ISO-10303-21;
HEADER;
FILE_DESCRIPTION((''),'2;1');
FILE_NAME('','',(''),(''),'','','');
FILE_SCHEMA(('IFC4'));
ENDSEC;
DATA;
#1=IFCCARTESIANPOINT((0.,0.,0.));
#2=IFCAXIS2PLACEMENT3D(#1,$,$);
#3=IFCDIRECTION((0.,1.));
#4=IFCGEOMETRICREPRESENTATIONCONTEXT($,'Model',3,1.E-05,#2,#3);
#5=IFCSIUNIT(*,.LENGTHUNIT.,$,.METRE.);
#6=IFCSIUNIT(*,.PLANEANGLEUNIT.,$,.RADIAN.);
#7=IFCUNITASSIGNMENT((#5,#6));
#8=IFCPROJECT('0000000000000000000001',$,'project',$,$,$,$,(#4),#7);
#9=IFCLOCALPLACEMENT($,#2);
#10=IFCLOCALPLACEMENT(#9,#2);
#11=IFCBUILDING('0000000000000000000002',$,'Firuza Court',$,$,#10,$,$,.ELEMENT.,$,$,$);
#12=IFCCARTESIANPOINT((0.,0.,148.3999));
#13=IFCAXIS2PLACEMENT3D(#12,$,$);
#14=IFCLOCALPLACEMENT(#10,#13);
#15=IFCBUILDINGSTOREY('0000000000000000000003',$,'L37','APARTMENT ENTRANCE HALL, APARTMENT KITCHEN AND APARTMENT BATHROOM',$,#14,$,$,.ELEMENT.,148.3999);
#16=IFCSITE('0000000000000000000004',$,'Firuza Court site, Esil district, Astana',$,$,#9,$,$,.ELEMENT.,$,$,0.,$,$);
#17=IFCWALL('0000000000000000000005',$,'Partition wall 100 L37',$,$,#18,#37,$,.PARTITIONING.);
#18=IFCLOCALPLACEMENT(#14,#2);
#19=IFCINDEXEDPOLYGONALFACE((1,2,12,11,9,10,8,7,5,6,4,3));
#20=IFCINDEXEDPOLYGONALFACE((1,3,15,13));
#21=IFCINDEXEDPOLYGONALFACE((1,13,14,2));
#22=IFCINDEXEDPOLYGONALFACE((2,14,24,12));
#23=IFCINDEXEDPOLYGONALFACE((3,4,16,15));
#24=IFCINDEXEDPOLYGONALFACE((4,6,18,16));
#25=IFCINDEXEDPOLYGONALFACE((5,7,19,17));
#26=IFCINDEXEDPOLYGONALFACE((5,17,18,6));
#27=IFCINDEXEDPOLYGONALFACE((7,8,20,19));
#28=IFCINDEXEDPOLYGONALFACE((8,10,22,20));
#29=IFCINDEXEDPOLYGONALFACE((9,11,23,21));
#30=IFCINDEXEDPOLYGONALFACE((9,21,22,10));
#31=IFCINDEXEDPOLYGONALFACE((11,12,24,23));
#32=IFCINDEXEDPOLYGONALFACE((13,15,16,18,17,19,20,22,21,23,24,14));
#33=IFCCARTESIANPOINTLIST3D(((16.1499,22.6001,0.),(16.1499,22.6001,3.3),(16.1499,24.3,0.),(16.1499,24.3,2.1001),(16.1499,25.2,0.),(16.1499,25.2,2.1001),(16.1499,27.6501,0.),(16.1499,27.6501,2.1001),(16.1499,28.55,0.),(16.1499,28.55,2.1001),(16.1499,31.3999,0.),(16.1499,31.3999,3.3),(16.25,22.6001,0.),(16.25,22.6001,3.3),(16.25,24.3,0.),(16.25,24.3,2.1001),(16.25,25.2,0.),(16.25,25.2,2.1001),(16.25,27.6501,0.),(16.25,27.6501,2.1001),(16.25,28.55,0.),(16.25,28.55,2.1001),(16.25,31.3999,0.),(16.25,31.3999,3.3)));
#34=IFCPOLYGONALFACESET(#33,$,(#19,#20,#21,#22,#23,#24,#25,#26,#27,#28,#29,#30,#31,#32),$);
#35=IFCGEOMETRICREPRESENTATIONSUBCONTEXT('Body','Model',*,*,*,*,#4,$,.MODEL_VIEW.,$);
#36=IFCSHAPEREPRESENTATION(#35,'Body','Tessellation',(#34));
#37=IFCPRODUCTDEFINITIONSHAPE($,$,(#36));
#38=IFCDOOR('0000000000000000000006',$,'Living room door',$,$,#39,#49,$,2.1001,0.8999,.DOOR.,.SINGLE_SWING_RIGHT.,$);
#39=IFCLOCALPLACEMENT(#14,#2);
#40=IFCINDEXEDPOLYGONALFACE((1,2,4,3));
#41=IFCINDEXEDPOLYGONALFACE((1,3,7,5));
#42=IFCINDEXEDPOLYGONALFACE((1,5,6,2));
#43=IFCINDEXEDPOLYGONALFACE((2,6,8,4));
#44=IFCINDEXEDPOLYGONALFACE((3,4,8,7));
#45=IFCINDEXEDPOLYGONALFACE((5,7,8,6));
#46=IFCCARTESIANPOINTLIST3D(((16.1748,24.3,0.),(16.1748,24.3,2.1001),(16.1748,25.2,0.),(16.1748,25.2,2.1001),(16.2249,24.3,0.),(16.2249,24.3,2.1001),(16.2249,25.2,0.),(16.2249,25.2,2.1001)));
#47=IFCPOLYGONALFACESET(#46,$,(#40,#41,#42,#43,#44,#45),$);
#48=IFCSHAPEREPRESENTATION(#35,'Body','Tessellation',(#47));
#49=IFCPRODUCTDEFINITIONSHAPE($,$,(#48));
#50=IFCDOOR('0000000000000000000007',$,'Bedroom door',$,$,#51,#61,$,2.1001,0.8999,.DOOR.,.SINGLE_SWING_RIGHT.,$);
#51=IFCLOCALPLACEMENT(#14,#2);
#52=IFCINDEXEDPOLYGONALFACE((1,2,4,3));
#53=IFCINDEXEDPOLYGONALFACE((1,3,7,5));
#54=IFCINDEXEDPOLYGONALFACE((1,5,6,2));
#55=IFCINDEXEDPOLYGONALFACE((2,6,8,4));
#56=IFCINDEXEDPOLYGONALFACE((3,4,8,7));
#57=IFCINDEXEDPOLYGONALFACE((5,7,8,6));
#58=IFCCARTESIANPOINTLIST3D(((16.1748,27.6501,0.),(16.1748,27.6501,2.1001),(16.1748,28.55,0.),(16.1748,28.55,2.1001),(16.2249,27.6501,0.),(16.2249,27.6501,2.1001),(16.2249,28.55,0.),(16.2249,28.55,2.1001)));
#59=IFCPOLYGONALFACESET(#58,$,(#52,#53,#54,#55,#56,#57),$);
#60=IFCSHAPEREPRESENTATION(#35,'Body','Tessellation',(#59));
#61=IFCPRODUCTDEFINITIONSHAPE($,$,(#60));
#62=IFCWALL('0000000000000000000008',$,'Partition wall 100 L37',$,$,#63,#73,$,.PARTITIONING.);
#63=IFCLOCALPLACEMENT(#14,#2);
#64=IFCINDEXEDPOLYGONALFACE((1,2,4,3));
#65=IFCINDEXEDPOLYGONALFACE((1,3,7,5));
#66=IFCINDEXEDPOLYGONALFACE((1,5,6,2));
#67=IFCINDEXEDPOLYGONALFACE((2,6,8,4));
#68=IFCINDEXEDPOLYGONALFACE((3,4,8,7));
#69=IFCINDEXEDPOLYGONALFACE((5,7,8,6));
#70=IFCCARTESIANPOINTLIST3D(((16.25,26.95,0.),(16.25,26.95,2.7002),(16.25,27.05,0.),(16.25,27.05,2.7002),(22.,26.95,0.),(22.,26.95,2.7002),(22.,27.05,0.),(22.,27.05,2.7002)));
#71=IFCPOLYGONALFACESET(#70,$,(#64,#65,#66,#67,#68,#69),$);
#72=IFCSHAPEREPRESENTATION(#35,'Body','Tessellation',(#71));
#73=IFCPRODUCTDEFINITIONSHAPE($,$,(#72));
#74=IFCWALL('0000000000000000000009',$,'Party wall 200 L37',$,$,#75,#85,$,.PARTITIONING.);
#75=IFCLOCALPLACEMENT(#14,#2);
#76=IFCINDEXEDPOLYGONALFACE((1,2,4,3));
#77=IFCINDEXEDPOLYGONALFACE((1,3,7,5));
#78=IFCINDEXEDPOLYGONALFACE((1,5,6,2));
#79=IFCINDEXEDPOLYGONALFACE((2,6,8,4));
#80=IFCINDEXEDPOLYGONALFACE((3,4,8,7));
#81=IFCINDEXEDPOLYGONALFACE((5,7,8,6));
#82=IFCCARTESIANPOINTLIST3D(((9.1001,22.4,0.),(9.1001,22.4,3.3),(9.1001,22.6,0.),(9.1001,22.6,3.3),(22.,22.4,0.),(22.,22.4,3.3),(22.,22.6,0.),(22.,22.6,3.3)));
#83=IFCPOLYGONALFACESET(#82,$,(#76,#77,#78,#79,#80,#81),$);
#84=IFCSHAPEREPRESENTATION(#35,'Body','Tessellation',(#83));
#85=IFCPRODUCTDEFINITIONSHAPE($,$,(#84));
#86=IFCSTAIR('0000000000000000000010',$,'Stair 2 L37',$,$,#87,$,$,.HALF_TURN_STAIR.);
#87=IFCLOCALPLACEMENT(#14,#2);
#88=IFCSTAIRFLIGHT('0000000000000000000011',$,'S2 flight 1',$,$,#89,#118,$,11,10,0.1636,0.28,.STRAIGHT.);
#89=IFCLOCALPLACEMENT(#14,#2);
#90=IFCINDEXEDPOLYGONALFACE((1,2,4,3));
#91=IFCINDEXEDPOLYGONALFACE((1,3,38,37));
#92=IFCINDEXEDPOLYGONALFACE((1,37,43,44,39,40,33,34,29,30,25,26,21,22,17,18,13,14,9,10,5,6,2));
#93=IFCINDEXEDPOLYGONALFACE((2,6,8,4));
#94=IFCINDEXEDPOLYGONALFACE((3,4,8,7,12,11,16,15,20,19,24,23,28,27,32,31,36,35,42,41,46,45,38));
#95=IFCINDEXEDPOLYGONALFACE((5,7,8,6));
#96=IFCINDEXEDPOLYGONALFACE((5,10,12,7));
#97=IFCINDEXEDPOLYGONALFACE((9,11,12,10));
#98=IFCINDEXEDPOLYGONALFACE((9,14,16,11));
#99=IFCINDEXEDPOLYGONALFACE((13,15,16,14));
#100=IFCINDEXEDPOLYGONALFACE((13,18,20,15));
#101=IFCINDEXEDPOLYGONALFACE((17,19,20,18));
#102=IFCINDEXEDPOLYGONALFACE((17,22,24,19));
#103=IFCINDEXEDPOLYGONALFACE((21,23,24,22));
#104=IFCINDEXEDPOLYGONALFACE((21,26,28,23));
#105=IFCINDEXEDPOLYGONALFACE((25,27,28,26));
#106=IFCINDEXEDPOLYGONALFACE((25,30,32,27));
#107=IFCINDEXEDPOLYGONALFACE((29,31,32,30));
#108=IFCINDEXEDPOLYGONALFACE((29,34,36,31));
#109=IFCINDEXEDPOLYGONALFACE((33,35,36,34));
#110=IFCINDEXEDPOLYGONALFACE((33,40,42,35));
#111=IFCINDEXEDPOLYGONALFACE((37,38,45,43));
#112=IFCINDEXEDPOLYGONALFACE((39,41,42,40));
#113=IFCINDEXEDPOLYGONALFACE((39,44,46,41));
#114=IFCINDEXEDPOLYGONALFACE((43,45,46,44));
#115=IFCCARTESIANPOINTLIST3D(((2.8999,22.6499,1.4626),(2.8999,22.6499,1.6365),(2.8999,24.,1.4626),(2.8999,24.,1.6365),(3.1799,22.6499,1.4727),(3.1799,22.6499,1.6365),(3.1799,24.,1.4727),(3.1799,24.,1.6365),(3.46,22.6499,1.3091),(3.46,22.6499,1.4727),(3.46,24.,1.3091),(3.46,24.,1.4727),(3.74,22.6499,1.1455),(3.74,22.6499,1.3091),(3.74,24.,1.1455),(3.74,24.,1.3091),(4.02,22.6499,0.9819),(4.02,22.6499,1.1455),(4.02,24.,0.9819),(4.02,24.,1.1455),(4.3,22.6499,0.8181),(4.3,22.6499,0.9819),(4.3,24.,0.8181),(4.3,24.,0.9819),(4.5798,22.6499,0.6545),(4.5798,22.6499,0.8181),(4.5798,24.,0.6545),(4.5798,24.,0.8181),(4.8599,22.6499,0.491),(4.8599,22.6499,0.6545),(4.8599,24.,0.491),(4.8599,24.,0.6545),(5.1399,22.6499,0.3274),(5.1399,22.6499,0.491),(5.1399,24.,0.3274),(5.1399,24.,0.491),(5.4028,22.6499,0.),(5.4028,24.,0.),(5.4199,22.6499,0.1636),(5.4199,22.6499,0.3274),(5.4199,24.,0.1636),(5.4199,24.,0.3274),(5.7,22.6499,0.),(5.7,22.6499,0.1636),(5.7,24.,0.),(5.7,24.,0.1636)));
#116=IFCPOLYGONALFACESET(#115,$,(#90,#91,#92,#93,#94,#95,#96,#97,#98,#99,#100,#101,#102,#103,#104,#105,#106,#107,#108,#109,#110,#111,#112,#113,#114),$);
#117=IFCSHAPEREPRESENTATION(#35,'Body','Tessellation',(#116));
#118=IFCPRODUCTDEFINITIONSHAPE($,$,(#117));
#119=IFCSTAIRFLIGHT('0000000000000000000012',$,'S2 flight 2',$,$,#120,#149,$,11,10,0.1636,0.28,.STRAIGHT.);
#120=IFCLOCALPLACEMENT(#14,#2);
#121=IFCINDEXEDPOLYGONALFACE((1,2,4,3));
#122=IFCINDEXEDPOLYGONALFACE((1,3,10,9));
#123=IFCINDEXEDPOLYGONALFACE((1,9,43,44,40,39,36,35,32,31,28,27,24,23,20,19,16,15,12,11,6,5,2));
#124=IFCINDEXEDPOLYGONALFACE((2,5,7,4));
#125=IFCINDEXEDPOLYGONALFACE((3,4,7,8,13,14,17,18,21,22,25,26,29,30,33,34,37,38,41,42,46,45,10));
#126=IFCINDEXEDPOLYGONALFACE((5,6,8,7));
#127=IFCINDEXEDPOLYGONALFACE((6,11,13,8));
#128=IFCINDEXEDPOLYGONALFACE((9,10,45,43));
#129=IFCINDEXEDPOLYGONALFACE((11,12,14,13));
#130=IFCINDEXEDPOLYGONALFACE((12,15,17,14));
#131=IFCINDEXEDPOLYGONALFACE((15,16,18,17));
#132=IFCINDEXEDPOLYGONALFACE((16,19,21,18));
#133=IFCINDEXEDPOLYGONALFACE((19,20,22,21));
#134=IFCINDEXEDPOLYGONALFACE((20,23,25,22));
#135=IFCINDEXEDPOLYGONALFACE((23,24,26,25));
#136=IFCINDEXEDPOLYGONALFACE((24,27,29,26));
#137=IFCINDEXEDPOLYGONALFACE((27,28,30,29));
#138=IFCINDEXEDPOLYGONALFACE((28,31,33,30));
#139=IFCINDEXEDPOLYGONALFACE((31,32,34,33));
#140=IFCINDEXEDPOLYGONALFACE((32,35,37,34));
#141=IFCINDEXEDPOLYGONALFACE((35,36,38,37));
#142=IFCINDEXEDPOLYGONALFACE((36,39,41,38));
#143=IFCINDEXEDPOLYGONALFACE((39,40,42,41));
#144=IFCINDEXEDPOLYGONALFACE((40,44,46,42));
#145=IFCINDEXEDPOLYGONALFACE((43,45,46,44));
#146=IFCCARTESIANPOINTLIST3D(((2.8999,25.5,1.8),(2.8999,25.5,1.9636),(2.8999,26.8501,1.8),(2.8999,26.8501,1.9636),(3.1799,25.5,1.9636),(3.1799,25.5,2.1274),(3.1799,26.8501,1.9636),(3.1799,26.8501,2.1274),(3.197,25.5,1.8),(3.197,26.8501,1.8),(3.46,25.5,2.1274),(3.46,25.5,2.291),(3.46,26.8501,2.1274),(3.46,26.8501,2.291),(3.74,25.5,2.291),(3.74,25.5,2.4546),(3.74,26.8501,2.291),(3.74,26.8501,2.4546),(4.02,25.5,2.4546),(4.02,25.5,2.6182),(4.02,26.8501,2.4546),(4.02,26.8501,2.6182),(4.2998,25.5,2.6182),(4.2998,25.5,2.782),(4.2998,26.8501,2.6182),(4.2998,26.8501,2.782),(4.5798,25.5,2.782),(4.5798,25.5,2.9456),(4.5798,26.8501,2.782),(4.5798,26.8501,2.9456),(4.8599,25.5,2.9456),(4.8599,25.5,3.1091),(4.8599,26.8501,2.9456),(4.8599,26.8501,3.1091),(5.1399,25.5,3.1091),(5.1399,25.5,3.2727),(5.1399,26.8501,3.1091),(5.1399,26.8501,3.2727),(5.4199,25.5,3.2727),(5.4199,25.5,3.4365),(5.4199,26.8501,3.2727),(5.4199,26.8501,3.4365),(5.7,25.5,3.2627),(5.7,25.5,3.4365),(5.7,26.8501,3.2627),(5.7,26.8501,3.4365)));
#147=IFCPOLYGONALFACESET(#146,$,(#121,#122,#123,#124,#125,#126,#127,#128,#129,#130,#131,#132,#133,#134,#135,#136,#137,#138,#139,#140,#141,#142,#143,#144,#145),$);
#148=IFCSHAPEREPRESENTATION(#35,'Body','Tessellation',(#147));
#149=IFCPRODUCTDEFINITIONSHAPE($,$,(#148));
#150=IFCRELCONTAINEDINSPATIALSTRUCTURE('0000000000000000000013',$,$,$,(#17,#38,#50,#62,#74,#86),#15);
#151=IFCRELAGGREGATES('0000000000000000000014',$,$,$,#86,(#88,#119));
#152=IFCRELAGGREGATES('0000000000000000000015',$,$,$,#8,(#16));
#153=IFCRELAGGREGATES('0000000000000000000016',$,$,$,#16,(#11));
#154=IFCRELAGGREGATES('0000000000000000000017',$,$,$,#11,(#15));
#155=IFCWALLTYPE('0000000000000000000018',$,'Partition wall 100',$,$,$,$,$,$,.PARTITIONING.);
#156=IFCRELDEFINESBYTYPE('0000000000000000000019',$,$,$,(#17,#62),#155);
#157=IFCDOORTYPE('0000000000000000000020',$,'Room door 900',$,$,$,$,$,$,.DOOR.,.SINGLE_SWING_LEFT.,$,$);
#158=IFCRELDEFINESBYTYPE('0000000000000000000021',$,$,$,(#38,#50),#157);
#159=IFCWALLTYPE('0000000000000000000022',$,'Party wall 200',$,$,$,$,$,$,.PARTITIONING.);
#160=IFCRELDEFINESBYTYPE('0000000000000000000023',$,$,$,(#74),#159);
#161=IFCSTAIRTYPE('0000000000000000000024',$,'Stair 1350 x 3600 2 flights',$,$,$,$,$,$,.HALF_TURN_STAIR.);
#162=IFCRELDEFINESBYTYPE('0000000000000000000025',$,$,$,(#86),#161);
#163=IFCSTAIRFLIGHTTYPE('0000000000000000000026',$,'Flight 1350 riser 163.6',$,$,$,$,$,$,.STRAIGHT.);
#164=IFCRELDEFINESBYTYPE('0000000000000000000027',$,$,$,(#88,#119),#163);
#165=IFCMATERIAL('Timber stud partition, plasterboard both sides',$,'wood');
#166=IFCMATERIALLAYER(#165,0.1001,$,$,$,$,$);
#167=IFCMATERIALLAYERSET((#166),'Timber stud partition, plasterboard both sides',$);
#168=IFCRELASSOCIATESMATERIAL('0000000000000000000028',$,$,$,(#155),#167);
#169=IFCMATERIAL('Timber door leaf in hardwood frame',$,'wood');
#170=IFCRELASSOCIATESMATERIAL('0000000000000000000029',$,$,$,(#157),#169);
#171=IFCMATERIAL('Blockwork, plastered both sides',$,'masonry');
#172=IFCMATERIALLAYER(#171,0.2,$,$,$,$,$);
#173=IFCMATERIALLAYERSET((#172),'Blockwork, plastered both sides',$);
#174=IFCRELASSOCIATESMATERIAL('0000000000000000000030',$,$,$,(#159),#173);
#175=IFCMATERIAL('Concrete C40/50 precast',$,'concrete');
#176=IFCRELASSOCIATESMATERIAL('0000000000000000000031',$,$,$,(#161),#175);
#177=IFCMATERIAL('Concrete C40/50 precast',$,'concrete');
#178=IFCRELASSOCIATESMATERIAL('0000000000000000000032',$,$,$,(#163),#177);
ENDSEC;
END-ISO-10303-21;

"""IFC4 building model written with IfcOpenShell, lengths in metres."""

from ifc_helpers import new_model, si_unit, direction, frame, frame_2d, origin, place, context, subcontext, project, spatial, polyline, rectangle, outline, extrude, material, layer, layer_set, type_object, element, fill, aggregate, save


model = new_model("IFC4")

# Units and contexts
model_context = context("Model", 3, precision=1e-05, world=origin(), true_north=direction((0.0, 1.0)))
body_context = subcontext(model_context, "Body", "Model", "MODEL_VIEW")
ifc_project = project(units=[si_unit("LENGTHUNIT", "METRE"), si_unit("PLANEANGLEUNIT", "RADIAN")], contexts=[model_context])

# Site, building, storey
site_placement = place(None, origin())
site = spatial("IfcSite", under=ifc_project, at=site_placement, Name="Firuza Court site, Esil district, Astana", CompositionType="ELEMENT", RefElevation=0.0)
building_placement = place(site_placement, origin())
building = spatial("IfcBuilding", under=site, at=building_placement, Name="Firuza Court", CompositionType="ELEMENT")
storey_placement = place(building_placement, frame((0.0, 0.0, 148.3999)))
storey = spatial("IfcBuildingStorey", under=building, at=storey_placement, Name="L37", Description="APARTMENT ENTRANCE HALL, APARTMENT KITCHEN AND APARTMENT BATHROOM", CompositionType="ELEMENT", Elevation=148.3999)

# Shared definitions
ifc_material_1 = material(Name="Timber stud partition, plasterboard both sides", Category="wood")
ifc_layer_1 = layer(ifc_material_1, 0.1001)
ifc_layer_set_1 = layer_set([ifc_layer_1], Name="Timber stud partition, plasterboard both sides")
wall_type_1 = type_object("IfcWallType", Name="Partition wall 100", PredefinedType="PARTITIONING", material=ifc_layer_set_1)

# Shared definitions
ifc_material_2 = material(Name="Timber door leaf in hardwood frame", Category="wood")
door_type_1 = type_object("IfcDoorType", Name="Room door 900", OperationType="SINGLE_SWING_LEFT", PredefinedType="DOOR", material=ifc_material_2)

# Wall, openings, doors
wall_1_placement = place(storey_placement, frame((16.2, 22.6001, 0.0), z_axis=(0.0, 0.0, 1.0), x_axis=(0.0, 1.0, 0.0)))
wall_1 = element("IfcWall", 1, at=wall_1_placement, inside=storey, type_object=wall_type_1, Name="Partition wall 100 L37", PredefinedType="PARTITIONING", context=body_context, shape_type="SweptSolid", body=[
    extrude(rectangle(XDim=8.7998, YDim=0.1001, at=frame_2d((4.3999, 0.0))), origin(), (0.0, 0.0, 1.0), 3.3),
])
opening_1_placement = place(wall_1_placement, frame((1.7, 0.0, 0.0)))
opening_1 = element("IfcOpeningElement", 2, at=opening_1_placement, cuts=wall_1, PredefinedType="OPENING", context=body_context, shape_type="SweptSolid", body=[
    extrude(rectangle(XDim=0.8999, YDim=2.1001, at=frame_2d((0.45, 1.05))), frame((0.0, 0.062, 0.0), z_axis=(0.0, -1.0, 0.0), x_axis=(1.0, 0.0, 0.0)), (0.0, 0.0, 1.0), 0.124),
])
opening_2_placement = place(wall_1_placement, frame((5.05, 0.0, 0.0)))
opening_2 = element("IfcOpeningElement", 3, at=opening_2_placement, cuts=wall_1, PredefinedType="OPENING", context=body_context, shape_type="SweptSolid", body=[
    extrude(rectangle(XDim=0.8999, YDim=2.1001, at=frame_2d((0.45, 1.05))), frame((0.0, 0.062, 0.0), z_axis=(0.0, -1.0, 0.0), x_axis=(1.0, 0.0, 0.0)), (0.0, 0.0, 1.0), 0.124),
])
door_1_placement = place(opening_1_placement, frame((0.8999, 0.0, 0.0), z_axis=(0.0, 0.0, 1.0), x_axis=(-1.0, 0.0, 0.0)))
door_1 = element("IfcDoor", 4, at=door_1_placement, inside=storey, type_object=door_type_1, Name="Living room door", OperationType="SINGLE_SWING_RIGHT", OverallHeight=2.1001, OverallWidth=0.8999, PredefinedType="DOOR", context=body_context, shape_type="SweptSolid", body=[
    extrude(rectangle(XDim=0.8999, YDim=2.1001, at=frame_2d((0.45, 1.05))), frame((0.0, 0.0249, 0.0), z_axis=(0.0, -1.0, 0.0), x_axis=(1.0, 0.0, 0.0)), (0.0, 0.0, 1.0), 0.05),
])
fill(opening_1, door_1)
door_2_placement = place(opening_2_placement, frame((0.8999, 0.0, 0.0), z_axis=(0.0, 0.0, 1.0), x_axis=(-1.0, 0.0, 0.0)))
door_2 = element("IfcDoor", 5, at=door_2_placement, inside=storey, type_object=door_type_1, Name="Bedroom door", OperationType="SINGLE_SWING_RIGHT", OverallHeight=2.1001, OverallWidth=0.8999, PredefinedType="DOOR", context=body_context, shape_type="SweptSolid", body=[
    extrude(rectangle(XDim=0.8999, YDim=2.1001, at=frame_2d((0.45, 1.05))), frame((0.0, 0.0249, 0.0), z_axis=(0.0, -1.0, 0.0), x_axis=(1.0, 0.0, 0.0)), (0.0, 0.0, 1.0), 0.05),
])
fill(opening_2, door_2)

# Walls
wall_2_placement = place(storey_placement, frame((16.25, 27.0, 0.0), z_axis=(0.0, 0.0, 1.0), x_axis=(1.0, 0.0, 0.0)))
element("IfcWall", 6, at=wall_2_placement, inside=storey, type_object=wall_type_1, Name="Partition wall 100 L37", PredefinedType="PARTITIONING", context=body_context, shape_type="SweptSolid", body=[
    extrude(rectangle(XDim=5.75, YDim=0.1001, at=frame_2d((2.875, 0.0))), origin(), (0.0, 0.0, 1.0), 2.7002),
])
ifc_material_3 = material(Name="Blockwork, plastered both sides", Category="masonry")
ifc_layer_2 = layer(ifc_material_3, 0.2)
ifc_layer_set_2 = layer_set([ifc_layer_2], Name="Blockwork, plastered both sides")
wall_type_2 = type_object("IfcWallType", Name="Party wall 200", PredefinedType="PARTITIONING", material=ifc_layer_set_2)
wall_3_placement = place(storey_placement, frame((9.1001, 22.5, 0.0), z_axis=(0.0, 0.0, 1.0), x_axis=(1.0, 0.0, 0.0)))
element("IfcWall", 7, at=wall_3_placement, inside=storey, type_object=wall_type_2, Name="Party wall 200 L37", PredefinedType="PARTITIONING", context=body_context, shape_type="SweptSolid", body=[
    extrude(rectangle(XDim=12.8999, YDim=0.2, at=frame_2d((6.45, 0.0))), origin(), (0.0, 0.0, 1.0), 3.3),
])

# Stair, stair flights
ifc_material_4 = material(Name="Concrete C40/50 precast", Category="concrete")
stair_type = type_object("IfcStairType", Name="Stair 1350 x 3600 2 flights", PredefinedType="HALF_TURN_STAIR", material=ifc_material_4)
stair_placement = place(storey_placement, origin())
stair = element("IfcStair", 8, at=stair_placement, inside=storey, type_object=stair_type, Name="Stair 2 L37", PredefinedType="HALF_TURN_STAIR")
ifc_material_5 = material(Name="Concrete C40/50 precast", Category="concrete")
stair_flight_type = type_object("IfcStairFlightType", Name="Flight 1350 riser 163.6", PredefinedType="STRAIGHT", material=ifc_material_5)
stair_flight_1_placement = place(storey_placement, frame((5.7, 23.325, 0.0), z_axis=(0.0, 0.0, 1.0), x_axis=(-1.0, 0.0, 0.0)))
stair_flight_1 = element("IfcStairFlight", 9, at=stair_flight_1_placement, type_object=stair_flight_type, Name="S2 flight 1", NumberOfRisers=11, NumberOfTreads=10, PredefinedType="STRAIGHT", RiserHeight=0.1636, TreadLength=0.28, context=body_context, shape_type="SweptSolid", body=[
    extrude(outline(polyline([(0.0, 0.0), (0.0, 0.1636), (0.28, 0.1636), (0.28, 0.3274), (0.5601, 0.3274), (0.5601, 0.491), (0.8401, 0.491), (0.8401, 0.6545), (1.1201, 0.6545), (1.1201, 0.8181), (1.3999, 0.8181), (1.3999, 0.9819), (1.6799, 0.9819), (1.6799, 1.1455), (1.96, 1.1455), (1.96, 1.3091), (2.24, 1.3091), (2.24, 1.4727), (2.52, 1.4727), (2.52, 1.6365), (2.8, 1.6365), (2.8, 1.8), (2.8, 1.4626), (0.2971, 0.0), (0.0, 0.0)])), frame((0.0, 0.675, 0.0), z_axis=(0.0, -1.0, 0.0), x_axis=(1.0, 0.0, 0.0)), (0.0, 0.0, 1.0), 1.3501),
])
stair_flight_2_placement = place(storey_placement, frame((2.8999, 26.175, 1.8), z_axis=(0.0, 0.0, 1.0), x_axis=(1.0, 0.0, 0.0)))
stair_flight_2 = element("IfcStairFlight", 10, at=stair_flight_2_placement, type_object=stair_flight_type, Name="S2 flight 2", NumberOfRisers=11, NumberOfTreads=10, PredefinedType="STRAIGHT", RiserHeight=0.1636, TreadLength=0.28, context=body_context, shape_type="SweptSolid", body=[
    extrude(outline(polyline([(0.0, 0.0), (0.0, 0.1636), (0.28, 0.1636), (0.28, 0.3274), (0.5601, 0.3274), (0.5601, 0.491), (0.8401, 0.491), (0.8401, 0.6545), (1.1201, 0.6545), (1.1201, 0.8181), (1.3999, 0.8181), (1.3999, 0.9819), (1.6799, 0.9819), (1.6799, 1.1455), (1.96, 1.1455), (1.96, 1.3091), (2.24, 1.3091), (2.24, 1.4727), (2.52, 1.4727), (2.52, 1.6365), (2.8, 1.6365), (2.8, 1.8), (2.8, 1.4626), (0.2971, 0.0), (0.0, 0.0)])), frame((0.0, 0.675, 0.0), z_axis=(0.0, -1.0, 0.0), x_axis=(1.0, 0.0, 0.0)), (0.0, 0.0, 1.0), 1.3501),
])
aggregate(stair, [stair_flight_1, stair_flight_2])

save(model, "model.ifc")
